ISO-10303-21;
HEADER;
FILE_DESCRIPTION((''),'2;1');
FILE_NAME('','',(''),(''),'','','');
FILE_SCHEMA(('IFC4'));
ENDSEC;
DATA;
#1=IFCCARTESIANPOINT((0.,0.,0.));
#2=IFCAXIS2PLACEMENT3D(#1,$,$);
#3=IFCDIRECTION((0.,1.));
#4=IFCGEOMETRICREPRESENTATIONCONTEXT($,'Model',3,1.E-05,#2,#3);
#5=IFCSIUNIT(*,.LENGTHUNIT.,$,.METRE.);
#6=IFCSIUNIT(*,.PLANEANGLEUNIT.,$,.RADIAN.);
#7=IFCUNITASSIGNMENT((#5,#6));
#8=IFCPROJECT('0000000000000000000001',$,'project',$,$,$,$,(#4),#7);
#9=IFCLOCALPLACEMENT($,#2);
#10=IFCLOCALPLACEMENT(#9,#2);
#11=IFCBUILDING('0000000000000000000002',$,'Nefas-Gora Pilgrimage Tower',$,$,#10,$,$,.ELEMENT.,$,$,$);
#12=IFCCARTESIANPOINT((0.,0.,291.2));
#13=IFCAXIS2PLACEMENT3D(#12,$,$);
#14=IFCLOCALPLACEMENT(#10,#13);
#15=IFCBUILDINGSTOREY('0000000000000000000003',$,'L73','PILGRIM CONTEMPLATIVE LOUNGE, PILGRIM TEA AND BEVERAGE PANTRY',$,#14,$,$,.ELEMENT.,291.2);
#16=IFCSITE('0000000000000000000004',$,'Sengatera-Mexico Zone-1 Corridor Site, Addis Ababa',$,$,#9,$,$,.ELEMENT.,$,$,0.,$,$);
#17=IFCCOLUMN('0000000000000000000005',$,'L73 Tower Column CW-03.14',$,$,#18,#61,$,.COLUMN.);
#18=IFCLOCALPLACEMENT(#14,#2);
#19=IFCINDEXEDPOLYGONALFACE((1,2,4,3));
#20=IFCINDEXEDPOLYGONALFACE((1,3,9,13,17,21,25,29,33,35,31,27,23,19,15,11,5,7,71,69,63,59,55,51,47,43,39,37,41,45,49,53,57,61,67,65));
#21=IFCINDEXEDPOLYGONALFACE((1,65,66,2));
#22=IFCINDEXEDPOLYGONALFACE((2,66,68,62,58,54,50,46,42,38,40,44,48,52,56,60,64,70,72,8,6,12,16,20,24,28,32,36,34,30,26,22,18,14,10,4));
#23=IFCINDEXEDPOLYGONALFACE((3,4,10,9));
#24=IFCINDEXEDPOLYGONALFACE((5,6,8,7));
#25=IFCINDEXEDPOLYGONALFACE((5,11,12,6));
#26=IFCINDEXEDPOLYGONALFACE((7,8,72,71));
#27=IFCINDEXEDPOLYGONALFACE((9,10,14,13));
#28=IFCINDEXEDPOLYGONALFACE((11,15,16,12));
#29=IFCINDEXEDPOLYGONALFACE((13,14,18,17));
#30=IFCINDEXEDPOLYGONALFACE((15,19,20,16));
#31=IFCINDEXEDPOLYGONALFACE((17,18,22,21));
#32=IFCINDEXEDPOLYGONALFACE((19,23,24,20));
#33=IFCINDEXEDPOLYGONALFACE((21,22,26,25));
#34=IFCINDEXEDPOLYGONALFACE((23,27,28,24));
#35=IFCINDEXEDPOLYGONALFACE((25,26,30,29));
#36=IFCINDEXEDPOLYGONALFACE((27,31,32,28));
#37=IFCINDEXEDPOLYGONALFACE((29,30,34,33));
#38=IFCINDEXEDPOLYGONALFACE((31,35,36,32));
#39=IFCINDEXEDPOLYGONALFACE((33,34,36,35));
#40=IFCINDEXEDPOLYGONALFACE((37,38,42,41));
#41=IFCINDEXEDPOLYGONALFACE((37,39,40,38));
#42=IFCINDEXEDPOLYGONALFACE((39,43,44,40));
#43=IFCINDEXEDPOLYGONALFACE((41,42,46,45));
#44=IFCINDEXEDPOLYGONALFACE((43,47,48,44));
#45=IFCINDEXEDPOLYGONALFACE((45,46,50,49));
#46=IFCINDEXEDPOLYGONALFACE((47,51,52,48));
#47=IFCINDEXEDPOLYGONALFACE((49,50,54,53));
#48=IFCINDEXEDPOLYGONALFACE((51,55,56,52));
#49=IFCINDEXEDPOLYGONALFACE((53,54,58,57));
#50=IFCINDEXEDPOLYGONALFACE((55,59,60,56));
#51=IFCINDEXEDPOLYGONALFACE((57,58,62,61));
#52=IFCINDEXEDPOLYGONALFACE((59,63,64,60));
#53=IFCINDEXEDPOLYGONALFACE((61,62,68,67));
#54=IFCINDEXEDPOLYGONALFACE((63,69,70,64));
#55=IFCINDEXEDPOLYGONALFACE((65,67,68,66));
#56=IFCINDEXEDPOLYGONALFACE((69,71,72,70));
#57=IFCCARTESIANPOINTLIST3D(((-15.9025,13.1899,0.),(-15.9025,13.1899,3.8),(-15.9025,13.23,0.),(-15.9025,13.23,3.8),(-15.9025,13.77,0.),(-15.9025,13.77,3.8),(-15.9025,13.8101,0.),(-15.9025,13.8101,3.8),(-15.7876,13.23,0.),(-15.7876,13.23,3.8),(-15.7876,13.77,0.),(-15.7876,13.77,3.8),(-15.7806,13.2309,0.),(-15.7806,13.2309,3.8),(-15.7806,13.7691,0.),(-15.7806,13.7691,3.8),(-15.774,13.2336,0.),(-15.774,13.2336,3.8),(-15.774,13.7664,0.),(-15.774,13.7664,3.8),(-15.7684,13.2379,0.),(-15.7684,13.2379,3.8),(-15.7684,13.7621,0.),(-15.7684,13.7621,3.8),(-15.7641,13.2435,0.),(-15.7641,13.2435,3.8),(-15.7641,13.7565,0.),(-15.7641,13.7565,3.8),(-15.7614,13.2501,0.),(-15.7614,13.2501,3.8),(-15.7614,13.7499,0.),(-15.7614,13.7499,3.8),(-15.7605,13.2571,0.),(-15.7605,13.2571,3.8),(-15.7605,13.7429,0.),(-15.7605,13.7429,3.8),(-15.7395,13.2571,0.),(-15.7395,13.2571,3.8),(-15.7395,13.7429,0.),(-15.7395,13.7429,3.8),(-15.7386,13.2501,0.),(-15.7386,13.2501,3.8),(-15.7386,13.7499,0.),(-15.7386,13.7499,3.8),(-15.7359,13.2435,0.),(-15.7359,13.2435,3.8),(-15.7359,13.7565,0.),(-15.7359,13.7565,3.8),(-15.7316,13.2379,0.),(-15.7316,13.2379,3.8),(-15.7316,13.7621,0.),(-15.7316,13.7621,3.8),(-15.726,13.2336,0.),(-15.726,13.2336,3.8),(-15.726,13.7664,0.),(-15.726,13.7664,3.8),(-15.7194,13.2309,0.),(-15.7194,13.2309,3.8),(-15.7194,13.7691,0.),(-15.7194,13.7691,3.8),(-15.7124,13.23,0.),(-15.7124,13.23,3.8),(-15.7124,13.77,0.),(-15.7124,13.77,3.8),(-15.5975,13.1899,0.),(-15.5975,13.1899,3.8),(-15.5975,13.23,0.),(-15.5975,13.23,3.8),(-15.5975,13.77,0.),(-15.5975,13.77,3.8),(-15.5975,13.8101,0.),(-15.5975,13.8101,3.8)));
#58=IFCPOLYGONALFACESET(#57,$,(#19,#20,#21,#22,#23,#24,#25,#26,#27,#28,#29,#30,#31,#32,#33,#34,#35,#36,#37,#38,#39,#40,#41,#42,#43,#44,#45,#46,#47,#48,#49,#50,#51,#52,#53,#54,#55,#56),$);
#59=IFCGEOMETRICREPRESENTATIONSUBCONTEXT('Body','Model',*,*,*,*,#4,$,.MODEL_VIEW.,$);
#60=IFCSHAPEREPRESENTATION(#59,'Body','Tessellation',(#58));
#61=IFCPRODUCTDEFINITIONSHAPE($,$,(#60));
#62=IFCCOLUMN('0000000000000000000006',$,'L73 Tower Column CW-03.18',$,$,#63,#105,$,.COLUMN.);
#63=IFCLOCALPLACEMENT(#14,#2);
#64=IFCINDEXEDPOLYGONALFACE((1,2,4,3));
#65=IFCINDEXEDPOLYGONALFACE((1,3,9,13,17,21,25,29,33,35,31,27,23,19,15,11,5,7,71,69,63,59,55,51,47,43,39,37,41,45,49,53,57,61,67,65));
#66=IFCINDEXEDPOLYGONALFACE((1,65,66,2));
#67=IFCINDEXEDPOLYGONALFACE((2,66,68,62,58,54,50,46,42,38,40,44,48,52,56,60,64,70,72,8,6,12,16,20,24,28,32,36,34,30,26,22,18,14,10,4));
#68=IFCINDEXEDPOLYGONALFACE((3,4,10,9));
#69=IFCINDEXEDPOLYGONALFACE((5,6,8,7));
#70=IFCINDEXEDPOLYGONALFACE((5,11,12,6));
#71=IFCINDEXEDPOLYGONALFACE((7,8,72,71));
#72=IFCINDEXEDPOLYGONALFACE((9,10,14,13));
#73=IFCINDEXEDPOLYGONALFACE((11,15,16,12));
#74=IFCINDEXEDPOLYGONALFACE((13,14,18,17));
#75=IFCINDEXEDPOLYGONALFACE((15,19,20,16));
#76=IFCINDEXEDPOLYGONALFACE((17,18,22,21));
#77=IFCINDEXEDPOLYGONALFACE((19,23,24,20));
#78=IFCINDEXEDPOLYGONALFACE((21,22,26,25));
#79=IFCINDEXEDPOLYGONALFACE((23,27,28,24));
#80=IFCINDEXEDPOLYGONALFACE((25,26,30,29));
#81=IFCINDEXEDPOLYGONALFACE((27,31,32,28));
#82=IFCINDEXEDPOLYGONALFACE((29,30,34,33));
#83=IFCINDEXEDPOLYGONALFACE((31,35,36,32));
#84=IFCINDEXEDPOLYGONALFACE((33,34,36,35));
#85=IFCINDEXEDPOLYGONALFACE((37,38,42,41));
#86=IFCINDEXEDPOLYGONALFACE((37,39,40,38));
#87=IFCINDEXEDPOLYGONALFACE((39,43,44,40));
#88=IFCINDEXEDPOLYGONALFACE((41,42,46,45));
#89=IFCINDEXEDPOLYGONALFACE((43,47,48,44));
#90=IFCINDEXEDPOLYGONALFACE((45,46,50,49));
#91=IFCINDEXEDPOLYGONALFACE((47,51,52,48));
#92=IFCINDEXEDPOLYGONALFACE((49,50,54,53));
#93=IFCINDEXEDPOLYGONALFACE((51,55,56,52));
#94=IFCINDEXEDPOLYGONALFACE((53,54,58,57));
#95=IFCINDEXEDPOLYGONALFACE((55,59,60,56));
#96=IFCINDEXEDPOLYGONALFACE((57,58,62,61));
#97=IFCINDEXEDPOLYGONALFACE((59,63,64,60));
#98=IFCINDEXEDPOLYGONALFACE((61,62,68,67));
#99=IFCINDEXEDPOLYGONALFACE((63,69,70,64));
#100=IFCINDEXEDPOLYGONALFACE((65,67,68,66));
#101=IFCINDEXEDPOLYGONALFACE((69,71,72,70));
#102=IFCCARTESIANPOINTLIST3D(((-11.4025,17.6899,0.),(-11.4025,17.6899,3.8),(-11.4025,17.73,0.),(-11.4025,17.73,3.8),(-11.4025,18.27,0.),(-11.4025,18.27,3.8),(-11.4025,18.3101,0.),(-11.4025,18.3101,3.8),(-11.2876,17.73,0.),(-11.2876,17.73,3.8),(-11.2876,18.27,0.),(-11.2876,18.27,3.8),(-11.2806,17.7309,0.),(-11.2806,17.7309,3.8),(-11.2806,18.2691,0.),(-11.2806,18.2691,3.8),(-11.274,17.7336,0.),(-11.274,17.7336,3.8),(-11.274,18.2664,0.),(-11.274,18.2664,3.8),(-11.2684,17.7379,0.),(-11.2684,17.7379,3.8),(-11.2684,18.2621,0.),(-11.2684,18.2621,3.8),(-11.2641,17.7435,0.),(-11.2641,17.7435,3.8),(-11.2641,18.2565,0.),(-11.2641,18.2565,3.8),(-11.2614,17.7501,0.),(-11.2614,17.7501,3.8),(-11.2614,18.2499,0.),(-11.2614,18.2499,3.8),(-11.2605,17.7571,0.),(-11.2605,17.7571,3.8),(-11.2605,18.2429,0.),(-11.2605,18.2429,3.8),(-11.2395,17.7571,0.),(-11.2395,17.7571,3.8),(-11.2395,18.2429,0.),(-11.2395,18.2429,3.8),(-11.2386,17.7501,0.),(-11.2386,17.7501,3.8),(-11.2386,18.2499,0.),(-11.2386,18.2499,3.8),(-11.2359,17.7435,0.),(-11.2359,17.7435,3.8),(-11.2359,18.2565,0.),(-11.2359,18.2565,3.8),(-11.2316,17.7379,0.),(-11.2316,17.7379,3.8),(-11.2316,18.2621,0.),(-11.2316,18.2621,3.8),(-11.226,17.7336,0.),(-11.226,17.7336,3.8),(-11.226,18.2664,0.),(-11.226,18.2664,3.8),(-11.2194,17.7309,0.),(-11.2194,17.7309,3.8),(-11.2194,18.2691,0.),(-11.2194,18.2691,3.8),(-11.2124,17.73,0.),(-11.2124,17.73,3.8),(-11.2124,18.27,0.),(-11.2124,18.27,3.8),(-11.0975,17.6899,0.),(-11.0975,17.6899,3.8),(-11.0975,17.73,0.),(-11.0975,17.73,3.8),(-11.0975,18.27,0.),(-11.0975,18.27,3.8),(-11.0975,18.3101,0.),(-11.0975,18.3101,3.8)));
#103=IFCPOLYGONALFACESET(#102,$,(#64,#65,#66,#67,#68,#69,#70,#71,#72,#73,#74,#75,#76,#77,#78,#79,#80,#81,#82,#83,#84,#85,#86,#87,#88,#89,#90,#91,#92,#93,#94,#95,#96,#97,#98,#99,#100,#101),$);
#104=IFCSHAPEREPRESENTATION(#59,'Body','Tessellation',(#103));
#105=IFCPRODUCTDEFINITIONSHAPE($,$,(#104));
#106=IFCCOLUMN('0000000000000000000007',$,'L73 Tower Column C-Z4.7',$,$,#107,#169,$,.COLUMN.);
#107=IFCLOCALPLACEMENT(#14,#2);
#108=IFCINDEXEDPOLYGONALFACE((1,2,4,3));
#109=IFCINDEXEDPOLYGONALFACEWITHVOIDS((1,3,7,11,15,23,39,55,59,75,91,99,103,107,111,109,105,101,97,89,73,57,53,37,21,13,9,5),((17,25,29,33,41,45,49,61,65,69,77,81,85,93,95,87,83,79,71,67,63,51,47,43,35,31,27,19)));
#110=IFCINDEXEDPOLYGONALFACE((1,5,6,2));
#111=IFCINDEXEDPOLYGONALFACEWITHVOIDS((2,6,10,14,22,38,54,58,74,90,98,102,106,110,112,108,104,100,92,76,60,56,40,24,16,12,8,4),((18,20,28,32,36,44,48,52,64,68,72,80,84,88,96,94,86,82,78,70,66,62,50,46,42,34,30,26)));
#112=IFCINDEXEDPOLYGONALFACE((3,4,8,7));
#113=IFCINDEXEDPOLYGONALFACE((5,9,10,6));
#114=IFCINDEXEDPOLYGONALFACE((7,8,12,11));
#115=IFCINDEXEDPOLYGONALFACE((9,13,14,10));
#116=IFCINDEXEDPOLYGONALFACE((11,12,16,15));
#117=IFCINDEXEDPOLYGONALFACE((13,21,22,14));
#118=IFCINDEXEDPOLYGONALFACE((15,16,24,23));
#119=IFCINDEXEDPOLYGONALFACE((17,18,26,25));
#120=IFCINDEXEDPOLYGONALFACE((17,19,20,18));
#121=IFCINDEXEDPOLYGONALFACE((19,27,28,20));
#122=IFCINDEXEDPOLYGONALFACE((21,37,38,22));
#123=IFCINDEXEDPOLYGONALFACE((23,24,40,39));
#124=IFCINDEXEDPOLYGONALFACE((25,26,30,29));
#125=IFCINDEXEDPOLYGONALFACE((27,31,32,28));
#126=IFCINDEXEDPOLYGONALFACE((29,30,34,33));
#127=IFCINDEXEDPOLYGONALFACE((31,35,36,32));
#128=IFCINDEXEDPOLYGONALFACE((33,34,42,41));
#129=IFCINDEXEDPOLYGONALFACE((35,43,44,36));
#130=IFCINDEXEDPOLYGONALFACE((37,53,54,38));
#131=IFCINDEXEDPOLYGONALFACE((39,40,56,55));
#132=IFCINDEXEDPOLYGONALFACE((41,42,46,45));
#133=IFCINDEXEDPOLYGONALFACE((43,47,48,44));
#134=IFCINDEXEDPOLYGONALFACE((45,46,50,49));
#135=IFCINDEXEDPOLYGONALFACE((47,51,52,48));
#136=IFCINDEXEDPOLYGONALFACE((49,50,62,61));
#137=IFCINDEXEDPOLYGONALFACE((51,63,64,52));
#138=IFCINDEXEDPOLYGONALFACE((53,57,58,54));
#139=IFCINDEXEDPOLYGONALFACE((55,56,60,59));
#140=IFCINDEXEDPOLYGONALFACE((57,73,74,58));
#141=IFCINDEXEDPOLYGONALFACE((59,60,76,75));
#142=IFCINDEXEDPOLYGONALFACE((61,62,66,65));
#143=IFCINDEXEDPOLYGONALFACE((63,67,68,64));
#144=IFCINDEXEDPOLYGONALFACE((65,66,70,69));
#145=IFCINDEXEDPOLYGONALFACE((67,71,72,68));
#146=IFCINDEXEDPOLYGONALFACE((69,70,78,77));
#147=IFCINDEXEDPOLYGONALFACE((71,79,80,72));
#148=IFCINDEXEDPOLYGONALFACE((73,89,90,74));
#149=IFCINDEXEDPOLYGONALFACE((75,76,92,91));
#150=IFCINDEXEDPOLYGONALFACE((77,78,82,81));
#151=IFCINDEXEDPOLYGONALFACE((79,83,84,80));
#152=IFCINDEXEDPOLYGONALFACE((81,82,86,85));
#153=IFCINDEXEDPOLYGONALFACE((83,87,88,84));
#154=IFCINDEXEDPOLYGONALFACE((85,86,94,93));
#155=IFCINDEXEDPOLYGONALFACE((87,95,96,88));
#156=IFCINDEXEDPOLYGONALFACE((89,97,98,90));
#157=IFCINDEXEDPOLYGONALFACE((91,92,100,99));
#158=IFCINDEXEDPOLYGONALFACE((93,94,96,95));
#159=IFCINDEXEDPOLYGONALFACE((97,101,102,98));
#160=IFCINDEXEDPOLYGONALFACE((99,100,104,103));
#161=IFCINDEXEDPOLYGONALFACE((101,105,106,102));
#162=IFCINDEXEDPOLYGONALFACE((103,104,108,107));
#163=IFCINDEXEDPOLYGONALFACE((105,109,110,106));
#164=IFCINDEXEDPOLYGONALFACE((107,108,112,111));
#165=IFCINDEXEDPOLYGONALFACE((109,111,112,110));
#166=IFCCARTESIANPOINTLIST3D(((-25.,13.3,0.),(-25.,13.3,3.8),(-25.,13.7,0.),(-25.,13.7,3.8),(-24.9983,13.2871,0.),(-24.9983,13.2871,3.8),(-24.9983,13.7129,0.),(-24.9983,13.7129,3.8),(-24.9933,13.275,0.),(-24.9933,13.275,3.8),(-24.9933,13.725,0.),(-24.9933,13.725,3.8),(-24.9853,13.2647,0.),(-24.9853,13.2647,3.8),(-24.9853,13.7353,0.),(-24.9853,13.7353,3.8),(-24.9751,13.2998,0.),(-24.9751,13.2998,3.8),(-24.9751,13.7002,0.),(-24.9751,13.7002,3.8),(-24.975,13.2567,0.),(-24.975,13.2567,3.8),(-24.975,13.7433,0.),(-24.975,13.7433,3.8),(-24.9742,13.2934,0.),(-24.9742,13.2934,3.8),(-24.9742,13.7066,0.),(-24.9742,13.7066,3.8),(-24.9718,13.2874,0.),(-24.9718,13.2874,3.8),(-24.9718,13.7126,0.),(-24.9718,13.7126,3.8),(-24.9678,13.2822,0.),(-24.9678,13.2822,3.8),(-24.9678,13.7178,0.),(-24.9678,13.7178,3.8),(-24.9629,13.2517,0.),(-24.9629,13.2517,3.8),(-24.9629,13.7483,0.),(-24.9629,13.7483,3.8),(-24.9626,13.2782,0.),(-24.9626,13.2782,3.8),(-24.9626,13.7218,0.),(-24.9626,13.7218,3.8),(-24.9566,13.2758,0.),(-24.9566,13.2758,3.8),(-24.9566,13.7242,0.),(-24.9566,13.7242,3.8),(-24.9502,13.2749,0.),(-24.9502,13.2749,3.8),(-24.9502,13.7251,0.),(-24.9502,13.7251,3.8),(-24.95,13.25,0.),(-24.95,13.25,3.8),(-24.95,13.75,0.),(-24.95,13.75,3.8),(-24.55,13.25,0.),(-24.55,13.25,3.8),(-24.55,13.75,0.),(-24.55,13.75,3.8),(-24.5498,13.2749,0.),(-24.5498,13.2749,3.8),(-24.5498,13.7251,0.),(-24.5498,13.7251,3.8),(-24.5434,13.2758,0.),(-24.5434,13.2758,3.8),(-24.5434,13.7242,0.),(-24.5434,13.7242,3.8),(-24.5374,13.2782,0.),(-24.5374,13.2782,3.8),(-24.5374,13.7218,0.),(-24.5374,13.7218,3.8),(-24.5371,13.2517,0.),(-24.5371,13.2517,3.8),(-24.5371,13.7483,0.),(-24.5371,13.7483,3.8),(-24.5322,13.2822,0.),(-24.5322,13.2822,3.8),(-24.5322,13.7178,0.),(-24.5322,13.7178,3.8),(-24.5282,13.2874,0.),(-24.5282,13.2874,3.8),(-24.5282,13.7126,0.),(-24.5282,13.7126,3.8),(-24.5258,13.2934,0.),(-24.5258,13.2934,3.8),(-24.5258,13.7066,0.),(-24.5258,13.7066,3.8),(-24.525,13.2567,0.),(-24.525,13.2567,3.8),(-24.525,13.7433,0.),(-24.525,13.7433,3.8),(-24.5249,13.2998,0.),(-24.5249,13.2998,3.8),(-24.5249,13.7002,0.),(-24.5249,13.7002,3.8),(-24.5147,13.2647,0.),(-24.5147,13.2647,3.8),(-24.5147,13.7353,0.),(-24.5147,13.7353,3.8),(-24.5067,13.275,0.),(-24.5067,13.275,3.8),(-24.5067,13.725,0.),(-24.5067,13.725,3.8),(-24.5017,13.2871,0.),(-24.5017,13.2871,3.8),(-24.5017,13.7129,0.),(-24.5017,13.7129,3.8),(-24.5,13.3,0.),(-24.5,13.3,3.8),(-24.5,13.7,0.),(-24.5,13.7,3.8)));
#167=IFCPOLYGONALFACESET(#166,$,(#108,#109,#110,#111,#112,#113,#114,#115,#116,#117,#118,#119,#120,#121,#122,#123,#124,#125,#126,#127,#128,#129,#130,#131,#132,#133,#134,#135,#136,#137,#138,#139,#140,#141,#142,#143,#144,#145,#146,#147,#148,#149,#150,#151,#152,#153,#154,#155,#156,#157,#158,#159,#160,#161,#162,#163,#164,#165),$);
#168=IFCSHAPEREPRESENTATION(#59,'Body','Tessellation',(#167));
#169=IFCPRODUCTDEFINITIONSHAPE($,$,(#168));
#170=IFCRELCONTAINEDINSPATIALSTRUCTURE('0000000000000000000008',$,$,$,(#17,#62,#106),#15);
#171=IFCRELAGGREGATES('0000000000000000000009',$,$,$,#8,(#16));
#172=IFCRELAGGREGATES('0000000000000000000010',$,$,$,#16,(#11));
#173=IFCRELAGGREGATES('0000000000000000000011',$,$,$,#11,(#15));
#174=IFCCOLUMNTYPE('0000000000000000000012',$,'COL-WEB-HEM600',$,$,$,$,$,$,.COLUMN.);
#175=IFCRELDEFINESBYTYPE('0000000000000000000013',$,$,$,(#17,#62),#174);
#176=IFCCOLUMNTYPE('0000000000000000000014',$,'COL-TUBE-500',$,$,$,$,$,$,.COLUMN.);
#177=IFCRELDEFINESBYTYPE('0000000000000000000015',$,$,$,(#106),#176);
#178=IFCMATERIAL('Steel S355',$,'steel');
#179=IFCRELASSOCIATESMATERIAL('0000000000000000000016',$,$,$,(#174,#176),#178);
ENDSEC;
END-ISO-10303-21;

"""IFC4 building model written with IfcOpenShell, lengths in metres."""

from ifc_helpers import new_model, si_unit, direction, frame, origin, origin_2d, place, context, subcontext, project, spatial, hollow_rectangle, i_section, extrude, source, transform, mapped, material, material_profile, profile_set, type_object, element, save


model = new_model("IFC4")

# Units and contexts
model_context = context("Model", 3, precision=1e-05, world=origin(), true_north=direction((0.0, 1.0)))
body_context = subcontext(model_context, "Body", "Model", "MODEL_VIEW")
ifc_project = project(units=[si_unit("LENGTHUNIT", "METRE"), si_unit("PLANEANGLEUNIT", "RADIAN")], contexts=[model_context])

# Site, building, storey
site_placement = place(None, origin())
site = spatial("IfcSite", under=ifc_project, at=site_placement, Name="Sengatera-Mexico Zone-1 Corridor Site, Addis Ababa", CompositionType="ELEMENT", RefElevation=0.0)
building_placement = place(site_placement, origin())
building = spatial("IfcBuilding", under=site, at=building_placement, Name="Nefas-Gora Pilgrimage Tower", CompositionType="ELEMENT")
storey_placement = place(building_placement, frame((0.0, 0.0, 291.2)))
storey = spatial("IfcBuildingStorey", under=building, at=storey_placement, Name="L73", Description="PILGRIM CONTEMPLATIVE LOUNGE, PILGRIM TEA AND BEVERAGE PANTRY", CompositionType="ELEMENT", Elevation=291.2)

# Columns
ifc_material_1 = material(Name="Steel S355", Category="steel")
ifc_material_profile_1 = material_profile(ifc_material_1, i_section(OverallWidth=0.3049, OverallDepth=0.6201, WebThickness=0.021, FlangeThickness=0.04, FilletRadius=0.0271, at=origin_2d()), Name="HEM 600")
ifc_profile_set_1 = profile_set([ifc_material_profile_1], Name="Steel S355")
column_type_1 = type_object("IfcColumnType", Name="COL-WEB-HEM600", PredefinedType="COLUMN", material=ifc_profile_set_1)
shared_shape_1 = source(origin(), body_context, "Body", "SweptSolid", [
    extrude(i_section(OverallWidth=0.3049, OverallDepth=0.6201, WebThickness=0.021, FlangeThickness=0.04, FilletRadius=0.0271, at=origin_2d()), origin(), (0.0, 0.0, 1.0), 3.8),
])
for number, where, z_axis, x_axis, name in (
    (1, (-15.75, 13.5, 0.0), (0.0, 0.0, 1.0), (1.0, 0.0, 0.0), "L73 Tower Column CW-03.14"),
    (2, (-11.25, 18.0, 0.0), (0.0, 0.0, 1.0), (1.0, 0.0, 0.0), "L73 Tower Column CW-03.18"),
):
    element("IfcColumn", number, at=place(storey_placement, frame(where, z_axis=z_axis, x_axis=x_axis)), inside=storey, type_object=column_type_1, Name=name, PredefinedType="COLUMN", context=body_context, shape_type="MappedRepresentation", body=[
        mapped(shared_shape_1, transform((0.0, 0.0, 0.0), x_axis=(1.0, 0.0, 0.0), y_axis=(0.0, 1.0, 0.0), z_axis=(0.0, 0.0, 1.0), scale=1.0)),
    ])
ifc_material_profile_2 = material_profile(ifc_material_1, hollow_rectangle(XDim=0.5, YDim=0.5, WallThickness=0.0249, InnerFilletRadius=0.0249, OuterFilletRadius=0.05, at=origin_2d()), Name="SHS 500x500x25")
ifc_profile_set_2 = profile_set([ifc_material_profile_2], Name="Steel S355")
column_type_2 = type_object("IfcColumnType", Name="COL-TUBE-500", PredefinedType="COLUMN", material=ifc_profile_set_2)
shared_shape_2 = source(origin(), body_context, "Body", "SweptSolid", [
    extrude(hollow_rectangle(XDim=0.5, YDim=0.5, WallThickness=0.0249, InnerFilletRadius=0.0249, OuterFilletRadius=0.05, at=origin_2d()), origin(), (0.0, 0.0, 1.0), 3.8),
])
column_placement = place(storey_placement, frame((-24.75, 13.5, 0.0), z_axis=(0.0, 0.0, 1.0), x_axis=(1.0, 0.0, 0.0)))
element("IfcColumn", 3, at=column_placement, inside=storey, type_object=column_type_2, Name="L73 Tower Column C-Z4.7", PredefinedType="COLUMN", context=body_context, shape_type="MappedRepresentation", body=[
    mapped(shared_shape_2, transform((0.0, 0.0, 0.0), x_axis=(1.0, 0.0, 0.0), y_axis=(0.0, 1.0, 0.0), z_axis=(0.0, 0.0, 1.0), scale=1.0)),
])

save(model, "model.ifc")
